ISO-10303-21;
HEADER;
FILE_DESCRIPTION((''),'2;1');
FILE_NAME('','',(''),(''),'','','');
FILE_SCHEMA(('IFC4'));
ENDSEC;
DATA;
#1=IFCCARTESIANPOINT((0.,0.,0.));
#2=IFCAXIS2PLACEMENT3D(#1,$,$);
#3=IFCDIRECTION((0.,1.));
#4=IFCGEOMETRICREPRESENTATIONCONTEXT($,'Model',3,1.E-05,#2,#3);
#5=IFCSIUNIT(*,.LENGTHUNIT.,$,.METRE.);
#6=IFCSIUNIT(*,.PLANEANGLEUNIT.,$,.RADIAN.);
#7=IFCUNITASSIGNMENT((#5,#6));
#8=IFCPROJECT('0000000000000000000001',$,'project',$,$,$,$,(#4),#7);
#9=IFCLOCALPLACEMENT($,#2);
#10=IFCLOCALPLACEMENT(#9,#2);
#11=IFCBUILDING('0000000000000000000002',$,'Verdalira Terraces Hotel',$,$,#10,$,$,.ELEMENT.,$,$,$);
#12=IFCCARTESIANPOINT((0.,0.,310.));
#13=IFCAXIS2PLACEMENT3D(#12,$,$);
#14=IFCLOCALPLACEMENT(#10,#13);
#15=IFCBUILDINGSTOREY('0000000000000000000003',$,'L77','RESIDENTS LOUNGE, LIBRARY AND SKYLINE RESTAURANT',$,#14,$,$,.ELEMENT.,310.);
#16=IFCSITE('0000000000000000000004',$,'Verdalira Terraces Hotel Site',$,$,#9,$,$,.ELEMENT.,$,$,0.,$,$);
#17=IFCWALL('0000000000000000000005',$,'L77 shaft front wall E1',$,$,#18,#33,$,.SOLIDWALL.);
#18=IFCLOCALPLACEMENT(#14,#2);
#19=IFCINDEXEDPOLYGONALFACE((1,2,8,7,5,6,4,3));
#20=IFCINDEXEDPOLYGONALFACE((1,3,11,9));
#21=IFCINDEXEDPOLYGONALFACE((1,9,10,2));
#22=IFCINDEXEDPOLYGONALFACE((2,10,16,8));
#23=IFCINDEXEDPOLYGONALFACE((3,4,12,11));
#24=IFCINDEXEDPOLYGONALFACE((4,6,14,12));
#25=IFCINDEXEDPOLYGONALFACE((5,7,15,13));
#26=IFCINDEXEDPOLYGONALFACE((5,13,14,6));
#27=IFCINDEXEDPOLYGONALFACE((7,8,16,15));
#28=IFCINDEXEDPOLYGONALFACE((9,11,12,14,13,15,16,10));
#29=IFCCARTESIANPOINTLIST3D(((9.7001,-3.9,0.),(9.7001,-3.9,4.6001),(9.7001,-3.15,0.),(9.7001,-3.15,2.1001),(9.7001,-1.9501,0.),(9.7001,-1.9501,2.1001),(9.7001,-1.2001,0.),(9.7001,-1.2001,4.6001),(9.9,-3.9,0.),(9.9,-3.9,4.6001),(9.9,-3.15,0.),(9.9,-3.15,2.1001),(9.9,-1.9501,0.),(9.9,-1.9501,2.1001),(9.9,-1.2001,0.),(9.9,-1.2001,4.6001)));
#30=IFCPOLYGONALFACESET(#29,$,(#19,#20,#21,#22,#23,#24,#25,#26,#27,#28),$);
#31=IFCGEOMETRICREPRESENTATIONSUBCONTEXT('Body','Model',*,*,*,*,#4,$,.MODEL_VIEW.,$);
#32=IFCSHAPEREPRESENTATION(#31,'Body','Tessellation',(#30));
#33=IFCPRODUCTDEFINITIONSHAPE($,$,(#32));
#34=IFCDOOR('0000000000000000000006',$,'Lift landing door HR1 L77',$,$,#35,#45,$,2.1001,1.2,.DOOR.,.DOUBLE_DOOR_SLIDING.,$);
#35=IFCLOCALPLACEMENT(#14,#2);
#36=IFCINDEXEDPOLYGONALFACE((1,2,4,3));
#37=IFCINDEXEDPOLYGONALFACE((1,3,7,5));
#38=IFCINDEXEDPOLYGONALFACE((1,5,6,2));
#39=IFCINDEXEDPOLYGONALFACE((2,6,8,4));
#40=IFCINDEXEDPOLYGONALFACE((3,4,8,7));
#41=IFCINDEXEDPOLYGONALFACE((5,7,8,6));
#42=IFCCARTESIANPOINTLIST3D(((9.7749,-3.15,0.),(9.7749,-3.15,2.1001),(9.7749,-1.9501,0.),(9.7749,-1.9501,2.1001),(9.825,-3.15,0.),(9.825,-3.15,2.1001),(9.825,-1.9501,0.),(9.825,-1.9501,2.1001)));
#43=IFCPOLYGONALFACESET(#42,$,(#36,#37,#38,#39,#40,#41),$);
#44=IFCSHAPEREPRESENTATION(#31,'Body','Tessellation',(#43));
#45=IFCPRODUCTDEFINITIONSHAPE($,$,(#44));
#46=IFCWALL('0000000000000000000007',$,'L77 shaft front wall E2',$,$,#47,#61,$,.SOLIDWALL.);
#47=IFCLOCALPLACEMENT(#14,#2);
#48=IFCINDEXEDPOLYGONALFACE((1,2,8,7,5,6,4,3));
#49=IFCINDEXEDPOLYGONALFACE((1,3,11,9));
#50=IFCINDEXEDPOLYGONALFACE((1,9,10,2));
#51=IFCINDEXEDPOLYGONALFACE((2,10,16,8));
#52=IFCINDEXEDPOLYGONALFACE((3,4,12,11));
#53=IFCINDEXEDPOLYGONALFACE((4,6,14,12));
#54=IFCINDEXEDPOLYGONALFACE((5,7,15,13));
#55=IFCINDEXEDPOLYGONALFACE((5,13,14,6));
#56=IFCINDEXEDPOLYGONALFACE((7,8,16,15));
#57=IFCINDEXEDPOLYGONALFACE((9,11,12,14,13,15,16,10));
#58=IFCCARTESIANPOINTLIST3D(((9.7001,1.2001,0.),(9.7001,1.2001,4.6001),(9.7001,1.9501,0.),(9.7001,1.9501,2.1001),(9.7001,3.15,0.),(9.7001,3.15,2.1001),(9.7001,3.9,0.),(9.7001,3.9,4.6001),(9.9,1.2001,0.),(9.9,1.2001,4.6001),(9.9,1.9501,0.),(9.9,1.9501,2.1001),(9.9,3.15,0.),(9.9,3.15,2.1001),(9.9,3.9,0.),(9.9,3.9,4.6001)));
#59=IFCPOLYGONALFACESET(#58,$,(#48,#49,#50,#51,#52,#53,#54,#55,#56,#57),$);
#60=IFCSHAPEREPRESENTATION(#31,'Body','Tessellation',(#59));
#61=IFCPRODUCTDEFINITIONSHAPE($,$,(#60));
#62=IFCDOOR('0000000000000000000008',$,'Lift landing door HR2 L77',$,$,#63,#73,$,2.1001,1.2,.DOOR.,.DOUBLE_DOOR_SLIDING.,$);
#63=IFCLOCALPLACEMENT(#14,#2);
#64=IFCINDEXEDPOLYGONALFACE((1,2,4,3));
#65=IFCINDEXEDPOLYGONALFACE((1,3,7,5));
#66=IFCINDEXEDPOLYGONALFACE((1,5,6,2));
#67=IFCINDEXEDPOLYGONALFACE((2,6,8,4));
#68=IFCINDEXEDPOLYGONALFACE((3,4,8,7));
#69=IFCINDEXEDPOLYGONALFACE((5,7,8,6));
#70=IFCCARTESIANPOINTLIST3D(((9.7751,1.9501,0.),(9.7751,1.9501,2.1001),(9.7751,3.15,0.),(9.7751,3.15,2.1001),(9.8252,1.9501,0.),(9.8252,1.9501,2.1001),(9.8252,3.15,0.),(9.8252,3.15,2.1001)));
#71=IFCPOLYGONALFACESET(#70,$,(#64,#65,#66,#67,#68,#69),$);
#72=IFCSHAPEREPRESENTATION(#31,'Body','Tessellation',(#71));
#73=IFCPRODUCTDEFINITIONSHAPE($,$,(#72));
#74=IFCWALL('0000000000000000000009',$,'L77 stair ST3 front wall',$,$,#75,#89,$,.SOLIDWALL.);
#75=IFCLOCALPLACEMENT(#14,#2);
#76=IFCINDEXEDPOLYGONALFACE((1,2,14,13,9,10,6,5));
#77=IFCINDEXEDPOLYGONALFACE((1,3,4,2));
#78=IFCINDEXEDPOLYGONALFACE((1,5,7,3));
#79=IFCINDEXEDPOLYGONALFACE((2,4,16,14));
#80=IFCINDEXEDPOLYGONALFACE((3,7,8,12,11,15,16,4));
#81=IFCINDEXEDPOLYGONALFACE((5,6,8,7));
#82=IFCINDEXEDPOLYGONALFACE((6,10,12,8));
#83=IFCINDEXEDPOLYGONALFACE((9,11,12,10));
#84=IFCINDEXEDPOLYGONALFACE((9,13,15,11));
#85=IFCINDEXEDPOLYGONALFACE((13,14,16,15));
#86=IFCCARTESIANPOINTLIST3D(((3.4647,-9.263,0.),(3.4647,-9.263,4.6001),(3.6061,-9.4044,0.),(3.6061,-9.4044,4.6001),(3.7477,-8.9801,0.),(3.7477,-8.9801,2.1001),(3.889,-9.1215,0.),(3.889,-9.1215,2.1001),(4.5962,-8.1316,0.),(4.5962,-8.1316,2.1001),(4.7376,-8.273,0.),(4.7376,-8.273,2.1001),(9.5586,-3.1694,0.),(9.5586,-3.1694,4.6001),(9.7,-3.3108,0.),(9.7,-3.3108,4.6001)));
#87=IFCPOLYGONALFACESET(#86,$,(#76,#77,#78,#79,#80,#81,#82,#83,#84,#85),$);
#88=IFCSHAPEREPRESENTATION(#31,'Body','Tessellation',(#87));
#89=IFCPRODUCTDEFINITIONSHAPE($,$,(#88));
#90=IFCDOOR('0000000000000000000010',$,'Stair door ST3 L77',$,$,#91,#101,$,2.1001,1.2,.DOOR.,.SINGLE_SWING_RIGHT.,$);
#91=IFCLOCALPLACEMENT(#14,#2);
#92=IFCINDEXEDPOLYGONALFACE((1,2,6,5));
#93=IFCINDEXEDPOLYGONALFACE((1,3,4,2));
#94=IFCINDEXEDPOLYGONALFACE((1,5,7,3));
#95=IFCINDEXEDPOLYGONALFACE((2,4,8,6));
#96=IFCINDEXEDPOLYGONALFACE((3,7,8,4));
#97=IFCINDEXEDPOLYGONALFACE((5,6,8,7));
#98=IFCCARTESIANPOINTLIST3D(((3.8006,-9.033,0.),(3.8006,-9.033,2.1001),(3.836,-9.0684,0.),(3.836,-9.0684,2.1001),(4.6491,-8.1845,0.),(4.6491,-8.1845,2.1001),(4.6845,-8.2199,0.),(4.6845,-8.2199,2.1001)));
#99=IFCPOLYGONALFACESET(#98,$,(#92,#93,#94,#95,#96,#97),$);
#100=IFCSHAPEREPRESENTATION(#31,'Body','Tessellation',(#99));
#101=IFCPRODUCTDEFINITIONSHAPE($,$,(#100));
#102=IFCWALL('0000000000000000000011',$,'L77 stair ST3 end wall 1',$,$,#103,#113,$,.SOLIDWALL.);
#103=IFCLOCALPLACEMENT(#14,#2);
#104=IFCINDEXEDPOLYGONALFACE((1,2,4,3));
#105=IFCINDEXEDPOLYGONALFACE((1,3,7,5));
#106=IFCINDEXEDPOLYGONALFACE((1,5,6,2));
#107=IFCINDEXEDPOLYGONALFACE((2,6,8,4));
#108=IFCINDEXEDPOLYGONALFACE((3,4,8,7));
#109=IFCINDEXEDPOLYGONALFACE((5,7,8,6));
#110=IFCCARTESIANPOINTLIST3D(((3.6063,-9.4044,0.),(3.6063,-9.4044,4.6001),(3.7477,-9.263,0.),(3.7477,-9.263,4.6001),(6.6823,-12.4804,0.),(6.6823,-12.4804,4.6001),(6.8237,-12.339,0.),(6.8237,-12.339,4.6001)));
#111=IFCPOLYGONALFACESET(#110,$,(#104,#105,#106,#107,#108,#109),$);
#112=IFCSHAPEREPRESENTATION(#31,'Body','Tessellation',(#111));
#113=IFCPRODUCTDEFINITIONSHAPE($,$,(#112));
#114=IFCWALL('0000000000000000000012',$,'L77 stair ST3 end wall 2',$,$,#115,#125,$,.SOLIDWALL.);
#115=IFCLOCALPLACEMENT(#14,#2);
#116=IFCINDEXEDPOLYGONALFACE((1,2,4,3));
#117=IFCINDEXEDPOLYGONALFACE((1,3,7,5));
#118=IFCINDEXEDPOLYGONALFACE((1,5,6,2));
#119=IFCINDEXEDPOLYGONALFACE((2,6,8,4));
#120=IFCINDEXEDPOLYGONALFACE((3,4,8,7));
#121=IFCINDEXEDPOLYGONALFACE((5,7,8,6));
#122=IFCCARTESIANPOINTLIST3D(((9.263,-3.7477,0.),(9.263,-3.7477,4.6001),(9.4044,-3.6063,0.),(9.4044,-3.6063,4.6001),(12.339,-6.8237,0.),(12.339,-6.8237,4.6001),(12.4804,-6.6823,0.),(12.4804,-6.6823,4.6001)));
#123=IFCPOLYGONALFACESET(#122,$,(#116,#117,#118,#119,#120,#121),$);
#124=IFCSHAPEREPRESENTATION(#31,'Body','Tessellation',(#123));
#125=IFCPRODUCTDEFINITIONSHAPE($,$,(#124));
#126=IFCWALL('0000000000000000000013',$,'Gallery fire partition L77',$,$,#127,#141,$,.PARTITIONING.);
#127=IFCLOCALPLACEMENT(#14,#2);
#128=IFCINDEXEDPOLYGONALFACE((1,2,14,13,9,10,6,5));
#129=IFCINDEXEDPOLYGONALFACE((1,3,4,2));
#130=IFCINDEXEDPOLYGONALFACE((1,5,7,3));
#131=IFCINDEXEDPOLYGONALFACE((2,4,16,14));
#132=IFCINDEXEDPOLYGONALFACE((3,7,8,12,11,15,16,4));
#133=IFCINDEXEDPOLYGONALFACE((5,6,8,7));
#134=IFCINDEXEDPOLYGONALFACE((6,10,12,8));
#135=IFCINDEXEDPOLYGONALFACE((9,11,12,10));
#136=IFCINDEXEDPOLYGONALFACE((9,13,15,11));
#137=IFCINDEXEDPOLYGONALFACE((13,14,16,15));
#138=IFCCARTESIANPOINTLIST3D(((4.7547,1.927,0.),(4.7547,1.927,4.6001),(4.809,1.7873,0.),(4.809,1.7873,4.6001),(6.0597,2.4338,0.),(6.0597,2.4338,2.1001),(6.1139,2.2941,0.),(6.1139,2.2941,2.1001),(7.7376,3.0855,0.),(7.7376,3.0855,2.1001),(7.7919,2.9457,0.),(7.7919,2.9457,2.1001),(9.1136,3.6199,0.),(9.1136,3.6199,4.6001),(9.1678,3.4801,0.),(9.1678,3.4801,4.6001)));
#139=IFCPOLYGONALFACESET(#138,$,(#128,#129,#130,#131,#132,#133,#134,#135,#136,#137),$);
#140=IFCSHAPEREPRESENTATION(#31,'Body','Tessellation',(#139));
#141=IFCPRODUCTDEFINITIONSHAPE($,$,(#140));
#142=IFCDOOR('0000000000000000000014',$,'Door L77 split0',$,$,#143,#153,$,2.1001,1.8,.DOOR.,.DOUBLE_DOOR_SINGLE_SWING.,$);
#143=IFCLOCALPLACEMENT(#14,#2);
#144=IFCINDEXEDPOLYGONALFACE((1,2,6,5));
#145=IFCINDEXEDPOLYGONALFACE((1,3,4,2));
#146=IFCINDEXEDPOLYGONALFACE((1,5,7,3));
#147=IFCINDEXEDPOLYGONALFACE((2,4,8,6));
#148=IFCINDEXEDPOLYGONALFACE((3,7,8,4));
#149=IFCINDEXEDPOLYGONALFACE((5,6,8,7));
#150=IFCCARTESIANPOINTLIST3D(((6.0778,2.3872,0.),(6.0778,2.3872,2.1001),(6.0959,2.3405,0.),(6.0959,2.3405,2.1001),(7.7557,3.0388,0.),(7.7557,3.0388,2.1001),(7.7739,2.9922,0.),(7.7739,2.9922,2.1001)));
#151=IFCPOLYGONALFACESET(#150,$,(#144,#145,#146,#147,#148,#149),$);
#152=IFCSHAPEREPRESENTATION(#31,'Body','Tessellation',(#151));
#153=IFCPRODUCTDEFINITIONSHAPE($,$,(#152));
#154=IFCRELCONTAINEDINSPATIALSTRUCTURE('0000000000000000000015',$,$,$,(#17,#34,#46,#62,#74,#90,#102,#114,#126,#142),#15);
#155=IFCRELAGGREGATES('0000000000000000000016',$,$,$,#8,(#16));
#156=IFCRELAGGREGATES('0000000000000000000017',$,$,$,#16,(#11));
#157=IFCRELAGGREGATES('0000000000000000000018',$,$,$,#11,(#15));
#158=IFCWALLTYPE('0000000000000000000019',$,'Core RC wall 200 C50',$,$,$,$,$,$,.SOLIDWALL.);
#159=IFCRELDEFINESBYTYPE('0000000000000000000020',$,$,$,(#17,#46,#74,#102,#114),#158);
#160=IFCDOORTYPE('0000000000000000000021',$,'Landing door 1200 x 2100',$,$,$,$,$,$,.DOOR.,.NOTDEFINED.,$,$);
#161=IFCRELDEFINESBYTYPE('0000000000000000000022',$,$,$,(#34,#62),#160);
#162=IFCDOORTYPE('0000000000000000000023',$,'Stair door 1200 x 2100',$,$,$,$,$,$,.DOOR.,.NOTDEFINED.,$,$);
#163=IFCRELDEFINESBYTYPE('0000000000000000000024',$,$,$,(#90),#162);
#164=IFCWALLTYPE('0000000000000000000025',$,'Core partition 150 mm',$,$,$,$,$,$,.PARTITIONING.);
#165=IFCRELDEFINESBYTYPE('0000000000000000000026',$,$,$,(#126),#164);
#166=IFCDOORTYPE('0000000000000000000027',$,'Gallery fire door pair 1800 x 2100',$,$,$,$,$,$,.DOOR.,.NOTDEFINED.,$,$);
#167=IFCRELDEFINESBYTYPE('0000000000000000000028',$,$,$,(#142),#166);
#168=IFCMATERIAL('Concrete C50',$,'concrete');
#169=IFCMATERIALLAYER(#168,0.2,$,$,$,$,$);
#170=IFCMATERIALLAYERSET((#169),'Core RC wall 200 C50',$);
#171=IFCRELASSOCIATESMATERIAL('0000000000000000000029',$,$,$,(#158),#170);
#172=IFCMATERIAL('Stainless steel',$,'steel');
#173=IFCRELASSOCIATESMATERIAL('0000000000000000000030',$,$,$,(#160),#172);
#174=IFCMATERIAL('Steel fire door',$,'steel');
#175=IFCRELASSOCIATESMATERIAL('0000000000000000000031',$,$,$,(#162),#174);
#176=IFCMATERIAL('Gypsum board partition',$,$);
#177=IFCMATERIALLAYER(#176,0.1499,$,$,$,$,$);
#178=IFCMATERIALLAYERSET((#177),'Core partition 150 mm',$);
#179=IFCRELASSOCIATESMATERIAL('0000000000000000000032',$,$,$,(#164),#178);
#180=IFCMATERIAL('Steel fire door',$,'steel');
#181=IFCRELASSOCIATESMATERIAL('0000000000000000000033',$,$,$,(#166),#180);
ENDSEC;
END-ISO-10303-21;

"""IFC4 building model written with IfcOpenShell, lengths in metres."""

from ifc_helpers import new_model, si_unit, direction, frame, frame_2d, origin, place, context, subcontext, project, spatial, rectangle, extrude, material, layer, layer_set, type_object, element, fill, save


model = new_model("IFC4")

# Units and contexts
model_context = context("Model", 3, precision=1e-05, world=origin(), true_north=direction((0.0, 1.0)))
body_context = subcontext(model_context, "Body", "Model", "MODEL_VIEW")
ifc_project = project(units=[si_unit("LENGTHUNIT", "METRE"), si_unit("PLANEANGLEUNIT", "RADIAN")], contexts=[model_context])

# Site, building, storey
site_placement = place(None, origin())
site = spatial("IfcSite", under=ifc_project, at=site_placement, Name="Verdalira Terraces Hotel Site", CompositionType="ELEMENT", RefElevation=0.0)
building_placement = place(site_placement, origin())
building = spatial("IfcBuilding", under=site, at=building_placement, Name="Verdalira Terraces Hotel", CompositionType="ELEMENT")
storey_placement = place(building_placement, frame((0.0, 0.0, 310.0)))
storey = spatial("IfcBuildingStorey", under=building, at=storey_placement, Name="L77", Description="RESIDENTS LOUNGE, LIBRARY AND SKYLINE RESTAURANT", CompositionType="ELEMENT", Elevation=310.0)

# Walls, openings, doors
ifc_material_1 = material(Name="Concrete C50", Category="concrete")
ifc_layer_1 = layer(ifc_material_1, 0.2)
ifc_layer_set_1 = layer_set([ifc_layer_1], Name="Core RC wall 200 C50")
wall_type_1 = type_object("IfcWallType", Name="Core RC wall 200 C50", PredefinedType="SOLIDWALL", material=ifc_layer_set_1)
wall_1_placement = place(storey_placement, frame((9.8, -1.2, 0.0), z_axis=(0.0, 0.0, 1.0), x_axis=(0.0, -1.0, 0.0)))
wall_1 = element("IfcWall", 1, at=wall_1_placement, inside=storey, type_object=wall_type_1, Name="L77 shaft front wall E1", PredefinedType="SOLIDWALL", context=body_context, shape_type="SweptSolid", body=[
    extrude(rectangle(XDim=2.7, YDim=0.2, at=frame_2d((1.3501, 0.0))), origin(), (0.0, 0.0, 1.0), 4.6001),
])
opening_1_placement = place(wall_1_placement, frame((0.75, 0.0, 0.0)))
opening_1 = element("IfcOpeningElement", 2, at=opening_1_placement, cuts=wall_1, PredefinedType="OPENING", context=body_context, shape_type="SweptSolid", body=[
    extrude(rectangle(XDim=1.2, YDim=2.1001, at=frame_2d((0.6001, 1.05))), frame((0.0, 0.1099, 0.0), z_axis=(0.0, -1.0, 0.0), x_axis=(1.0, 0.0, 0.0)), (0.0, 0.0, 1.0), 0.22),
])
ifc_material_2 = material(Name="Stainless steel", Category="steel")
door_type_1 = type_object("IfcDoorType", Name="Landing door 1200 x 2100", OperationType="NOTDEFINED", PredefinedType="DOOR", material=ifc_material_2)
door_1_placement = place(opening_1_placement, origin())
door_1 = element("IfcDoor", 3, at=door_1_placement, inside=storey, type_object=door_type_1, Name="Lift landing door HR1 L77", OperationType="DOUBLE_DOOR_SLIDING", OverallHeight=2.1001, OverallWidth=1.2, PredefinedType="DOOR", context=body_context, shape_type="SweptSolid", body=[
    extrude(rectangle(XDim=1.2, YDim=2.1001, at=frame_2d((0.6001, 1.05))), frame((0.0, 0.0249, 0.0), z_axis=(0.0, -1.0, 0.0), x_axis=(1.0, 0.0, 0.0)), (0.0, 0.0, 1.0), 0.05),
])
fill(opening_1, door_1)
wall_2_placement = place(storey_placement, frame((9.8, 1.2, 0.0), z_axis=(0.0, 0.0, 1.0), x_axis=(0.0, 1.0, 0.0)))
wall_2 = element("IfcWall", 4, at=wall_2_placement, inside=storey, type_object=wall_type_1, Name="L77 shaft front wall E2", PredefinedType="SOLIDWALL", context=body_context, shape_type="SweptSolid", body=[
    extrude(rectangle(XDim=2.7, YDim=0.2, at=frame_2d((1.3501, 0.0))), origin(), (0.0, 0.0, 1.0), 4.6001),
])
opening_2_placement = place(wall_2_placement, frame((0.75, 0.0, 0.0)))
opening_2 = element("IfcOpeningElement", 5, at=opening_2_placement, cuts=wall_2, PredefinedType="OPENING", context=body_context, shape_type="SweptSolid", body=[
    extrude(rectangle(XDim=1.2, YDim=2.1001, at=frame_2d((0.6001, 1.05))), frame((0.0, 0.1099, 0.0), z_axis=(0.0, -1.0, 0.0), x_axis=(1.0, 0.0, 0.0)), (0.0, 0.0, 1.0), 0.22),
])
door_2_placement = place(opening_2_placement, origin())
door_2 = element("IfcDoor", 6, at=door_2_placement, inside=storey, type_object=door_type_1, Name="Lift landing door HR2 L77", OperationType="DOUBLE_DOOR_SLIDING", OverallHeight=2.1001, OverallWidth=1.2, PredefinedType="DOOR", context=body_context, shape_type="SweptSolid", body=[
    extrude(rectangle(XDim=1.2, YDim=2.1001, at=frame_2d((0.6001, 1.05))), frame((0.0, 0.0249, 0.0), z_axis=(0.0, -1.0, 0.0), x_axis=(1.0, 0.0, 0.0)), (0.0, 0.0, 1.0), 0.05),
])
fill(opening_2, door_2)
wall_3_placement = place(storey_placement, frame((9.6294, -3.24, 0.0), z_axis=(0.0, 0.0, 1.0), x_axis=(-0.707121, -0.707093, 0.0)))
wall_3 = element("IfcWall", 7, at=wall_3_placement, inside=storey, type_object=wall_type_1, Name="L77 stair ST3 front wall", PredefinedType="SOLIDWALL", context=body_context, shape_type="SweptSolid", body=[
    extrude(rectangle(XDim=8.6179, YDim=0.2, at=frame_2d((4.3091, 0.0))), origin(), (0.0, 0.0, 1.0), 4.6001),
])
opening_3_placement = place(wall_3_placement, frame((7.0178, 0.0, 0.0)))
opening_3 = element("IfcOpeningElement", 8, at=opening_3_placement, cuts=wall_3, PredefinedType="OPENING", context=body_context, shape_type="SweptSolid", body=[
    extrude(rectangle(XDim=1.2, YDim=2.1001, at=frame_2d((0.6001, 1.05))), frame((0.0, 0.1099, 0.0), z_axis=(0.0, -1.0, 0.0), x_axis=(1.0, 0.0, 0.0)), (0.0, 0.0, 1.0), 0.22),
])
ifc_material_3 = material(Name="Steel fire door", Category="steel")
door_type_2 = type_object("IfcDoorType", Name="Stair door 1200 x 2100", OperationType="NOTDEFINED", PredefinedType="DOOR", material=ifc_material_3)
door_3_placement = place(opening_3_placement, origin())
door_3 = element("IfcDoor", 9, at=door_3_placement, inside=storey, type_object=door_type_2, Name="Stair door ST3 L77", OperationType="SINGLE_SWING_RIGHT", OverallHeight=2.1001, OverallWidth=1.2, PredefinedType="DOOR", context=body_context, shape_type="SweptSolid", body=[
    extrude(rectangle(XDim=1.2, YDim=2.1001, at=frame_2d((0.6001, 1.05))), frame((0.0, 0.0249, 0.0), z_axis=(0.0, -1.0, 0.0), x_axis=(1.0, 0.0, 0.0)), (0.0, 0.0, 1.0), 0.05),
])
fill(opening_3, door_3)

# Walls
for number, where, z_axis, x_axis, name in (
    (10, (3.677, -9.3337, 0.0), (0.0, 0.0, 1.0), (0.707107, -0.707107, 0.0), "L77 stair ST3 end wall 1"),
    (11, (9.3337, -3.677, 0.0), (0.0, 0.0, 1.0), (0.707107, -0.707107, 0.0), "L77 stair ST3 end wall 2"),
):
    element("IfcWall", number, at=place(storey_placement, frame(where, z_axis=z_axis, x_axis=x_axis)), inside=storey, type_object=wall_type_1, Name=name, PredefinedType="SOLIDWALL", context=body_context, shape_type="SweptSolid", body=[
        extrude(rectangle(XDim=4.3501, YDim=0.2, at=frame_2d((2.175, 0.0))), origin(), (0.0, 0.0, 1.0), 4.6001),
    ])

# Wall, opening, door
ifc_material_4 = material(Name="Gypsum board partition")
ifc_layer_2 = layer(ifc_material_4, 0.1499)
ifc_layer_set_2 = layer_set([ifc_layer_2], Name="Core partition 150 mm")
wall_type_2 = type_object("IfcWallType", Name="Core partition 150 mm", PredefinedType="PARTITIONING", material=ifc_layer_set_2)
wall_4_placement = place(storey_placement, frame((4.782, 1.8572, 0.0), z_axis=(0.0, 0.0, 1.0), x_axis=(0.932167, 0.362028, 0.0)))
wall_4 = element("IfcWall", 12, at=wall_4_placement, inside=storey, type_object=wall_type_2, Name="Gallery fire partition L77", PredefinedType="PARTITIONING", context=body_context, shape_type="SweptSolid", body=[
    extrude(rectangle(XDim=4.676, YDim=0.1499, at=frame_2d((2.3379, 0.0))), origin(), (0.0, 0.0, 1.0), 4.6001),
])
opening_4_placement = place(wall_4_placement, frame((1.3999, 0.0, 0.0)))
opening_4 = element("IfcOpeningElement", 13, at=opening_4_placement, cuts=wall_4, PredefinedType="OPENING", context=body_context, shape_type="SweptSolid", body=[
    extrude(rectangle(XDim=1.8, YDim=2.1001, at=frame_2d((0.8999, 1.05))), frame((0.0, 0.085, 0.0), z_axis=(0.0, -1.0, 0.0), x_axis=(1.0, 0.0, 0.0)), (0.0, 0.0, 1.0), 0.1699),
])
ifc_material_5 = material(Name="Steel fire door", Category="steel")
door_type_3 = type_object("IfcDoorType", Name="Gallery fire door pair 1800 x 2100", OperationType="NOTDEFINED", PredefinedType="DOOR", material=ifc_material_5)
door_4_placement = place(opening_4_placement, origin())
door_4 = element("IfcDoor", 14, at=door_4_placement, inside=storey, type_object=door_type_3, Name="Door L77 split0", OperationType="DOUBLE_DOOR_SINGLE_SWING", OverallHeight=2.1001, OverallWidth=1.8, PredefinedType="DOOR", context=body_context, shape_type="SweptSolid", body=[
    extrude(rectangle(XDim=1.8, YDim=2.1001, at=frame_2d((0.8999, 1.05))), frame((0.0, 0.0249, 0.0), z_axis=(0.0, -1.0, 0.0), x_axis=(1.0, 0.0, 0.0)), (0.0, 0.0, 1.0), 0.05),
])
fill(opening_4, door_4)

save(model, "model.ifc")
